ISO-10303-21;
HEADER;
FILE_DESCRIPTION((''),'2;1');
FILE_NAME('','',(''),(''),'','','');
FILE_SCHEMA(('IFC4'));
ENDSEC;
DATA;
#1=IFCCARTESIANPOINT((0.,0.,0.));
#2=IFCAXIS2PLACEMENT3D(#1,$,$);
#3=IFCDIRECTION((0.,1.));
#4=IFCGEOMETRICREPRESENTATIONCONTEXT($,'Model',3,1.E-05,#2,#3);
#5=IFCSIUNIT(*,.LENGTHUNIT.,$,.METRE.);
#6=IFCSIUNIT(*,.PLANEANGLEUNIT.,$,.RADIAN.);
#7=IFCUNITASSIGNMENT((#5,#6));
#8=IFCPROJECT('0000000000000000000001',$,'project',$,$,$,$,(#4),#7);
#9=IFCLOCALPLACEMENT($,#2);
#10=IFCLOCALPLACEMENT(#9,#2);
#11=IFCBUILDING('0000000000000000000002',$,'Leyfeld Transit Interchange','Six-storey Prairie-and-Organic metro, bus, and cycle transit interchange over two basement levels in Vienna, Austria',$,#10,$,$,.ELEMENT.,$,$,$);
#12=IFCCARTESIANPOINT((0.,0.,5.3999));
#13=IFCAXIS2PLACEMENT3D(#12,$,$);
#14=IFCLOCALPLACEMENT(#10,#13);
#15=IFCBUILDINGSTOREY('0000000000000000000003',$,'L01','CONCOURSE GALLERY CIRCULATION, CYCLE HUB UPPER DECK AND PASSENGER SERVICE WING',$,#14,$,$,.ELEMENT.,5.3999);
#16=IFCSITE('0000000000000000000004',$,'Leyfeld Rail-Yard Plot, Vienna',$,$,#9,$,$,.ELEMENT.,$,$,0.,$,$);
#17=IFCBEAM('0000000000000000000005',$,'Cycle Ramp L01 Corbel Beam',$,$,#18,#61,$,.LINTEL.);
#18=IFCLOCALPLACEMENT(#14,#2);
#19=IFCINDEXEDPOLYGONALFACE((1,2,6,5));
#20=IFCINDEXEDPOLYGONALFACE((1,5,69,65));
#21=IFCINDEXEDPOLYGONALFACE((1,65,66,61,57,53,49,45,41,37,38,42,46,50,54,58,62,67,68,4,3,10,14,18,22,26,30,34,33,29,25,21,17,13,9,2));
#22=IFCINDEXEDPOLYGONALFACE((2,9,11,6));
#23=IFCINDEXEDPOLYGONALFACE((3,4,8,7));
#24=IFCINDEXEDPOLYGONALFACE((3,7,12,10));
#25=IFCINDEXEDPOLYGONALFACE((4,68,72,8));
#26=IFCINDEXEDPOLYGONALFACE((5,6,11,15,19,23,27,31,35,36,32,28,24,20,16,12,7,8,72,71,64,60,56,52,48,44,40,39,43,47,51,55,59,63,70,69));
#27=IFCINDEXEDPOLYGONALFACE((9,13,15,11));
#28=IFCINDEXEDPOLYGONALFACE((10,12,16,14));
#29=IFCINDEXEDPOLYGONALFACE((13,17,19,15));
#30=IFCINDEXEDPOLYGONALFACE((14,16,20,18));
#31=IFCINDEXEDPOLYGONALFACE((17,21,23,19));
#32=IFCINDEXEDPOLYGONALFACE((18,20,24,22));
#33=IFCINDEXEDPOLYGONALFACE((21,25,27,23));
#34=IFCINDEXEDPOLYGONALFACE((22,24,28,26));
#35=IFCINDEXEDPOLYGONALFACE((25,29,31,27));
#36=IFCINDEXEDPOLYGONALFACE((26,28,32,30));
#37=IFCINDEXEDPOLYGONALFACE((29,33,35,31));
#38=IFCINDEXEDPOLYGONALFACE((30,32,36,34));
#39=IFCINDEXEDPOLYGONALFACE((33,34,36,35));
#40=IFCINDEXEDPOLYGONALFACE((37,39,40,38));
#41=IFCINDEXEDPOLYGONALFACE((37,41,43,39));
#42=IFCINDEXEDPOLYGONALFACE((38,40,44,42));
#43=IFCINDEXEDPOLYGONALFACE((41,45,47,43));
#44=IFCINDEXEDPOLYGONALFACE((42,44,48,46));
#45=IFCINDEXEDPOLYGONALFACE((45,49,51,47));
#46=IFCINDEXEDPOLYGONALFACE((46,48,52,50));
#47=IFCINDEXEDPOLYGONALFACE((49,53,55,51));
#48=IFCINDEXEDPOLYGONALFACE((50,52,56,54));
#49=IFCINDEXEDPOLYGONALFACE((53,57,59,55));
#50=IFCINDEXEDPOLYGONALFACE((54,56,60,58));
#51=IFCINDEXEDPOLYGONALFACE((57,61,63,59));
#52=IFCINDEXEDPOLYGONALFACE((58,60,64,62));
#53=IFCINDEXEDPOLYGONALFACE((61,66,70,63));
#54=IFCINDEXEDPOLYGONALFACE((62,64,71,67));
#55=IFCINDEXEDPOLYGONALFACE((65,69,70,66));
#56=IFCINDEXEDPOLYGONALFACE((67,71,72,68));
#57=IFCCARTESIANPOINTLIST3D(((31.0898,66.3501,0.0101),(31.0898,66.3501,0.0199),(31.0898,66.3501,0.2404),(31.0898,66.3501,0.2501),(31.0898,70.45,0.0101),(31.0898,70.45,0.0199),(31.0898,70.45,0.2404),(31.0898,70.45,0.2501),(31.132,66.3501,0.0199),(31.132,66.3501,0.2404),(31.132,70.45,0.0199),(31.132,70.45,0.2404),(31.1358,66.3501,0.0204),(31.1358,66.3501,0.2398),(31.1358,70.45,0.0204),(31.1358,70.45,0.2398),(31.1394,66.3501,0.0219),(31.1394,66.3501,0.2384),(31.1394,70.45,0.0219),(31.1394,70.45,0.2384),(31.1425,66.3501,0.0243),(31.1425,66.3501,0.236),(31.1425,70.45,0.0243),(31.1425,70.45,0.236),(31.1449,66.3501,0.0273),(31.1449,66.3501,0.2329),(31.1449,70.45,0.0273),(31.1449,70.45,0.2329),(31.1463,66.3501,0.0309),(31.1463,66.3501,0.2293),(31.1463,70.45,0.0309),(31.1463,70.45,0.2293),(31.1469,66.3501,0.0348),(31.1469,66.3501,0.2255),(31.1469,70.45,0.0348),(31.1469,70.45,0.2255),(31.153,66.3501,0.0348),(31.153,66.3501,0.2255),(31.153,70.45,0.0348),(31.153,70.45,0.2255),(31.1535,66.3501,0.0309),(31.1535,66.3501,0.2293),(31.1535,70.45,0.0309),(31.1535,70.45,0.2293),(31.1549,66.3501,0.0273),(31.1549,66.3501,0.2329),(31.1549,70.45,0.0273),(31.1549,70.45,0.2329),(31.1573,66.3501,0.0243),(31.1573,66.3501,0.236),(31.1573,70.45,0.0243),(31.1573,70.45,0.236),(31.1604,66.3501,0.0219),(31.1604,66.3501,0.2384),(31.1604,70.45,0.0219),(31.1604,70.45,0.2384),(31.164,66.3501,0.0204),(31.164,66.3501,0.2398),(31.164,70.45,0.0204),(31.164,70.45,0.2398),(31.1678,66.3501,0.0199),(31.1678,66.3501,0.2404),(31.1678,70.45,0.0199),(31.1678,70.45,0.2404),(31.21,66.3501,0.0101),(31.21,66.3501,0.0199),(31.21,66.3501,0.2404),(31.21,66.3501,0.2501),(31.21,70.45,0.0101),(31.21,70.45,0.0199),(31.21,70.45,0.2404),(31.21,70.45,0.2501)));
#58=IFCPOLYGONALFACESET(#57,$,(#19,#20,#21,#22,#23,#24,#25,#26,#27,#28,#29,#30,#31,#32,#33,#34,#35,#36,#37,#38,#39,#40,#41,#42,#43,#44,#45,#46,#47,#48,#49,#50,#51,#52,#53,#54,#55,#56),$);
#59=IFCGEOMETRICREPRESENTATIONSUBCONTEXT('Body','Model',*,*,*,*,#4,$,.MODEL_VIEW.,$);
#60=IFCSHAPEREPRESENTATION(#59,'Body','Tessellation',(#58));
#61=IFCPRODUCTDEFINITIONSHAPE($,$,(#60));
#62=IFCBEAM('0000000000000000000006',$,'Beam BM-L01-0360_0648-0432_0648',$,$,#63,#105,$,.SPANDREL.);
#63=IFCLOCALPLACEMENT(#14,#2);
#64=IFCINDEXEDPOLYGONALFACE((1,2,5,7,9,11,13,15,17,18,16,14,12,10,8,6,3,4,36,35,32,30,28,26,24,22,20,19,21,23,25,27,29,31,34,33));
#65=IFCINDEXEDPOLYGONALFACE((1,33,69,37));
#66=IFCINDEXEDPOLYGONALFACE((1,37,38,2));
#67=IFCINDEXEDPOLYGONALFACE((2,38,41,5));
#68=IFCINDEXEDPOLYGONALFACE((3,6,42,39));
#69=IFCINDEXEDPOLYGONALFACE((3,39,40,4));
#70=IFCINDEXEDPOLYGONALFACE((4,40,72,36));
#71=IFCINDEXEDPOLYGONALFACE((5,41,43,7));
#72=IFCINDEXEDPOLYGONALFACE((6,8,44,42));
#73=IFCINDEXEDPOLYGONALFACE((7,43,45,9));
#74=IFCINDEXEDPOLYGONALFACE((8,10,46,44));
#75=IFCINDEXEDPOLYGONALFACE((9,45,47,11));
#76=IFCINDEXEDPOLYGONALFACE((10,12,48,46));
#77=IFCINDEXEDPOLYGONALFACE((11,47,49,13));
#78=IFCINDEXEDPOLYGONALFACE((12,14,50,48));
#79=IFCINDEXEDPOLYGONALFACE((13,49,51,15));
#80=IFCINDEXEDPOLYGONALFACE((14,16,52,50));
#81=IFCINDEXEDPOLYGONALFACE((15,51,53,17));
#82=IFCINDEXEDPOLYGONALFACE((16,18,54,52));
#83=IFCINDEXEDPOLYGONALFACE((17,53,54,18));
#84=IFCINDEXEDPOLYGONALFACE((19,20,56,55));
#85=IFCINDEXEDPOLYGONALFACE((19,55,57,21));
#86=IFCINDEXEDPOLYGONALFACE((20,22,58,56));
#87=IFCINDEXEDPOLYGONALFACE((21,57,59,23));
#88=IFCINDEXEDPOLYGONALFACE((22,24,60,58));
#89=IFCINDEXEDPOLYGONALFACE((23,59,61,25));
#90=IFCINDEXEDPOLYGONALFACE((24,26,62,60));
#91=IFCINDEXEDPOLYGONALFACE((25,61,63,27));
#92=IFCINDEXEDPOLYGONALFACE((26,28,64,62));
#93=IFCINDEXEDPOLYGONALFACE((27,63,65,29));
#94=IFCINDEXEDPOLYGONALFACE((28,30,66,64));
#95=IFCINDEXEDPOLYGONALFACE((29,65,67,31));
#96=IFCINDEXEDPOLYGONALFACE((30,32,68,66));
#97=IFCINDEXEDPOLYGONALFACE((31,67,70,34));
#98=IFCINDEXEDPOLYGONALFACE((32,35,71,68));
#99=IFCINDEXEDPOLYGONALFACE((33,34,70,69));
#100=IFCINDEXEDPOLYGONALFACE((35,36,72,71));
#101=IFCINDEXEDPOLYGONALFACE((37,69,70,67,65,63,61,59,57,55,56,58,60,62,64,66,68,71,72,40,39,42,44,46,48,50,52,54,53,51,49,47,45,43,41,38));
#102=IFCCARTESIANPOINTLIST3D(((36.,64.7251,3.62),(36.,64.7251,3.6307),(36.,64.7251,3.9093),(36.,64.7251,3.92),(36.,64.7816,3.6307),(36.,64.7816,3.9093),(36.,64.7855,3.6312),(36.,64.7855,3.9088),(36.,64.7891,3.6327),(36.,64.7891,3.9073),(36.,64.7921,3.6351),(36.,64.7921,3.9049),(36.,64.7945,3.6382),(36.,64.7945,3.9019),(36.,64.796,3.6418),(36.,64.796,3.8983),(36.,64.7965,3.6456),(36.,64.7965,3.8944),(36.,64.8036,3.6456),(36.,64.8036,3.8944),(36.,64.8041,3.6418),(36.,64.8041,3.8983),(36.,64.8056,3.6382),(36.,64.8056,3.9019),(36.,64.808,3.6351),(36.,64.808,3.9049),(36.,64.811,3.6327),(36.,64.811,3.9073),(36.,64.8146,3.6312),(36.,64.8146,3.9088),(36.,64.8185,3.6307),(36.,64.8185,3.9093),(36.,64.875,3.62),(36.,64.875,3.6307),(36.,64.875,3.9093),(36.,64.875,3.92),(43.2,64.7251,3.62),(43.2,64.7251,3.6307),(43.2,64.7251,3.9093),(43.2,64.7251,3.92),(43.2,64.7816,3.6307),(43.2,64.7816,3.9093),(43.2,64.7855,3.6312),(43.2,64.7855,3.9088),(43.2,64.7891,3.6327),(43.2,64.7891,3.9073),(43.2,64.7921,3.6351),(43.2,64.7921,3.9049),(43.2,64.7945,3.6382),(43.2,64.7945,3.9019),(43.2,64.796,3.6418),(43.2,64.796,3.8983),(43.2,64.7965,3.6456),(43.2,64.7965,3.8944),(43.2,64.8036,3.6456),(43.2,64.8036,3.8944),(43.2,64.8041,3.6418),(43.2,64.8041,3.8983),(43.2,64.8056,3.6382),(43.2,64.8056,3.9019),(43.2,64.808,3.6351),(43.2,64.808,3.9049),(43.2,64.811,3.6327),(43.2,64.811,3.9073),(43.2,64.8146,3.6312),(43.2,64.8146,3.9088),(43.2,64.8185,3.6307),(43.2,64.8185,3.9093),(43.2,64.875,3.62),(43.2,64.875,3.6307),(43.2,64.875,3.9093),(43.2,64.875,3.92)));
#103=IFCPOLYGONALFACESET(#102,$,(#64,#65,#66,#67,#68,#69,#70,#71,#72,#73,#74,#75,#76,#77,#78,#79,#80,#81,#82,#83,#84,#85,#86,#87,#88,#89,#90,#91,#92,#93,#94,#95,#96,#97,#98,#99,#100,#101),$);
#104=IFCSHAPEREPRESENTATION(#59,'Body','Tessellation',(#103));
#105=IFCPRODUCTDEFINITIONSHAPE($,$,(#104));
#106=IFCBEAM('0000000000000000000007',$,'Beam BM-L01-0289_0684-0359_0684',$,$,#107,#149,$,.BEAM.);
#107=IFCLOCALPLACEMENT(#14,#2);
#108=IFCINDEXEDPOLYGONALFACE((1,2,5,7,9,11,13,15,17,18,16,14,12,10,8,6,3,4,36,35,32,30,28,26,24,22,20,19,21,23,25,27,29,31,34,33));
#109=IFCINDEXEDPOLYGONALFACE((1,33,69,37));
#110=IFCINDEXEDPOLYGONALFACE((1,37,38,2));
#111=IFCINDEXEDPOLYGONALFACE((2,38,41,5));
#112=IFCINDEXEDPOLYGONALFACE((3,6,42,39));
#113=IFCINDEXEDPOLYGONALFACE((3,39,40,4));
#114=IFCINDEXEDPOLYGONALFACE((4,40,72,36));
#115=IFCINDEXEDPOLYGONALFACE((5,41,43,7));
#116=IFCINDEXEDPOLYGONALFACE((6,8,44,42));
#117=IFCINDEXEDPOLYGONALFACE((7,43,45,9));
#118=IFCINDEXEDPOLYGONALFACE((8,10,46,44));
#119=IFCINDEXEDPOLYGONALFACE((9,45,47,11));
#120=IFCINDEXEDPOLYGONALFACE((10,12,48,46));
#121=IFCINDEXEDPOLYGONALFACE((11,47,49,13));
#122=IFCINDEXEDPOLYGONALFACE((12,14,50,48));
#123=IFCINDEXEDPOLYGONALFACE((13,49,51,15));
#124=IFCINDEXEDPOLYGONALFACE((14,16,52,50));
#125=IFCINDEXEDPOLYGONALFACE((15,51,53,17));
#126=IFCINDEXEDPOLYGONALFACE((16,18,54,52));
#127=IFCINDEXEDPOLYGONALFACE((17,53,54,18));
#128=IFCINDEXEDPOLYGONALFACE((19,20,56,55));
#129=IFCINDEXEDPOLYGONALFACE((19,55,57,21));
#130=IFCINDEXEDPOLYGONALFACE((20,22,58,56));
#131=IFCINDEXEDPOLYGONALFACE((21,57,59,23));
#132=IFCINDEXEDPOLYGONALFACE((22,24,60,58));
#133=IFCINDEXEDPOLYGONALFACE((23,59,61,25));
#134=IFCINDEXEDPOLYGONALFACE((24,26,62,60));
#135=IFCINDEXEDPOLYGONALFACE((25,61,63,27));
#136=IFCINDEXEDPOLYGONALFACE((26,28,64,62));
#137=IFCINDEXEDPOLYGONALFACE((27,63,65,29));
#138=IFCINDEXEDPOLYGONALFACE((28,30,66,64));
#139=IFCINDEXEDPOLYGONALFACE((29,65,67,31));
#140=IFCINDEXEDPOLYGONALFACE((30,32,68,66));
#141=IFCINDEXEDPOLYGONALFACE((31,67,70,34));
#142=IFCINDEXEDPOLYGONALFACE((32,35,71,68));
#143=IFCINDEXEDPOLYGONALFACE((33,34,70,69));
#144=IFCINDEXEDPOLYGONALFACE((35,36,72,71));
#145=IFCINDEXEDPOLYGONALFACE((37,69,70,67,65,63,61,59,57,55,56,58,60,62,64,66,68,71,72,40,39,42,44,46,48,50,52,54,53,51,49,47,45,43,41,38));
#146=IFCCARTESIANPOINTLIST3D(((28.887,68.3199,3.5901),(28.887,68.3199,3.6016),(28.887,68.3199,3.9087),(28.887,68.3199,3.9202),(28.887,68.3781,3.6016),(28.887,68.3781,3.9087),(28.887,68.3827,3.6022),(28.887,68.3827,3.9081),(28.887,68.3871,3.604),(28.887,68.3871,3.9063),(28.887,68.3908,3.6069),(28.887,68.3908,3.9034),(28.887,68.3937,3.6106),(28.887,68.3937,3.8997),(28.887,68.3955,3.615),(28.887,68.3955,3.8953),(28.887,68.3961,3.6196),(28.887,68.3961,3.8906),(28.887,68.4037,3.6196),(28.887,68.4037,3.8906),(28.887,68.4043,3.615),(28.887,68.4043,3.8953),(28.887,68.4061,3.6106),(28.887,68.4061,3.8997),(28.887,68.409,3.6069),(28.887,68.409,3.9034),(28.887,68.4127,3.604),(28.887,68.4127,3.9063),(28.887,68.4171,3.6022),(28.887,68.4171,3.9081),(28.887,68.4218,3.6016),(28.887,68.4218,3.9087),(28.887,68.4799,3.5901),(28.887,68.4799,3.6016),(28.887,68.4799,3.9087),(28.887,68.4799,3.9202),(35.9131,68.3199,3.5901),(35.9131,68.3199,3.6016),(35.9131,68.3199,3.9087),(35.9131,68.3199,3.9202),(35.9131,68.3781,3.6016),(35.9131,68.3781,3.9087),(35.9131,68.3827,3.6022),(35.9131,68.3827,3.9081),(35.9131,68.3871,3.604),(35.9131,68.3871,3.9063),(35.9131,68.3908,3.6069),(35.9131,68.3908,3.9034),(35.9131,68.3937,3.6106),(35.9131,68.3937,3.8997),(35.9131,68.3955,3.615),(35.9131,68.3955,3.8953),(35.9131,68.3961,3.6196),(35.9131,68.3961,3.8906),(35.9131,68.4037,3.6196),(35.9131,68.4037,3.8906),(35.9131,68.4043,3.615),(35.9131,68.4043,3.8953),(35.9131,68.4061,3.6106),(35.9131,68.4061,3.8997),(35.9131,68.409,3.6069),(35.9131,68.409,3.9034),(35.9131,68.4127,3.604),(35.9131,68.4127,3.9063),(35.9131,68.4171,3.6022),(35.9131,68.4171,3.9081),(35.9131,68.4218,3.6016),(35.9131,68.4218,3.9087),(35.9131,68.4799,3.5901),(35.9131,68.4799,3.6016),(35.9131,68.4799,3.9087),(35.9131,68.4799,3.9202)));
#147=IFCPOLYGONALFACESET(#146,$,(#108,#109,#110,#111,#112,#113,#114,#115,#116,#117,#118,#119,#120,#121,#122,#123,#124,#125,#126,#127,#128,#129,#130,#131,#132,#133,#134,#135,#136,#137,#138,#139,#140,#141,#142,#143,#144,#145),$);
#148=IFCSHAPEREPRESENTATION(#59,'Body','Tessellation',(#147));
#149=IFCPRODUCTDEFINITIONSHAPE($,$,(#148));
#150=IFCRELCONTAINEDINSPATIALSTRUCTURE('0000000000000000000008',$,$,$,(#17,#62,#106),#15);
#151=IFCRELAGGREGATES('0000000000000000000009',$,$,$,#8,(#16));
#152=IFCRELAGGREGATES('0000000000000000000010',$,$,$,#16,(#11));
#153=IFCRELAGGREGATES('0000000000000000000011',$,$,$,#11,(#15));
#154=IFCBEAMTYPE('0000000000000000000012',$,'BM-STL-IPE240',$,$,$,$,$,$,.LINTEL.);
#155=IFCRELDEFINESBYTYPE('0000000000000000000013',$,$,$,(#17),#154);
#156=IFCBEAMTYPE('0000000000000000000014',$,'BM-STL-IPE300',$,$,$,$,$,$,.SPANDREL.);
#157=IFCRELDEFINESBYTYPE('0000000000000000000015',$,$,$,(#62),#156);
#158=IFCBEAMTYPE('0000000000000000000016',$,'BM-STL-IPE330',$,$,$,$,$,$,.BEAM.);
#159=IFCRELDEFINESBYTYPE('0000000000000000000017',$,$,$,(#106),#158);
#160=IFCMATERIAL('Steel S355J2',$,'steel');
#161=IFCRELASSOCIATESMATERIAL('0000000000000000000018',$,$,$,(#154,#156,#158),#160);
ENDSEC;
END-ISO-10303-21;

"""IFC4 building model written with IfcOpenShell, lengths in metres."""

from ifc_helpers import new_model, si_unit, direction, frame, origin, origin_2d, place, context, subcontext, project, spatial, i_section, extrude, material, material_profile, profile_set, type_object, element, save


model = new_model("IFC4")

# Units and contexts
model_context = context("Model", 3, precision=1e-05, world=origin(), true_north=direction((0.0, 1.0)))
body_context = subcontext(model_context, "Body", "Model", "MODEL_VIEW")
ifc_project = project(units=[si_unit("LENGTHUNIT", "METRE"), si_unit("PLANEANGLEUNIT", "RADIAN")], contexts=[model_context])

# Site, building, storey
site_placement = place(None, origin())
site = spatial("IfcSite", under=ifc_project, at=site_placement, Name="Leyfeld Rail-Yard Plot, Vienna", CompositionType="ELEMENT", RefElevation=0.0)
building_placement = place(site_placement, origin())
building = spatial("IfcBuilding", under=site, at=building_placement, Name="Leyfeld Transit Interchange", Description="Six-storey Prairie-and-Organic metro, bus, and cycle transit interchange over two basement levels in Vienna, Austria", CompositionType="ELEMENT")
storey_placement = place(building_placement, frame((0.0, 0.0, 5.3999)))
storey = spatial("IfcBuildingStorey", under=building, at=storey_placement, Name="L01", Description="CONCOURSE GALLERY CIRCULATION, CYCLE HUB UPPER DECK AND PASSENGER SERVICE WING", CompositionType="ELEMENT", Elevation=5.3999)

# Beams
ifc_material_1 = material(Name="Steel S355J2", Category="steel")
ifc_material_profile_1 = material_profile(ifc_material_1, i_section(OverallWidth=0.1201, OverallDepth=0.24, WebThickness=0.0061, FlangeThickness=0.0098, FilletRadius=0.0149, at=origin_2d()), Name="IPE 240")
ifc_profile_set_1 = profile_set([ifc_material_profile_1], Name="Steel S355J2")
beam_type_1 = type_object("IfcBeamType", Name="BM-STL-IPE240", PredefinedType="LINTEL", material=ifc_profile_set_1)
beam_1_placement = place(storey_placement, frame((31.1499, 66.3501, 0.1301), z_axis=(0.0, 1.0, 0.0), x_axis=(-1.0, 0.0, 0.0)))
element("IfcBeam", 1, at=beam_1_placement, inside=storey, type_object=beam_type_1, Name="Cycle Ramp L01 Corbel Beam", PredefinedType="LINTEL", context=body_context, shape_type="SweptSolid", body=[
    extrude(i_section(OverallWidth=0.1201, OverallDepth=0.24, WebThickness=0.0061, FlangeThickness=0.0098, FilletRadius=0.0149, at=origin_2d()), origin(), (0.0, 0.0, 1.0), 4.0999),
])
ifc_material_profile_2 = material_profile(ifc_material_1, i_section(OverallWidth=0.1499, OverallDepth=0.3, WebThickness=0.0071, FlangeThickness=0.0107, FilletRadius=0.0149, at=origin_2d()), Name="IPE 300")
ifc_profile_set_2 = profile_set([ifc_material_profile_2], Name="Steel S355J2")
beam_type_2 = type_object("IfcBeamType", Name="BM-STL-IPE300", PredefinedType="SPANDREL", material=ifc_profile_set_2)
beam_2_placement = place(storey_placement, frame((36.0, 64.8, 3.77), z_axis=(1.0, 0.0, 0.0), x_axis=(0.0, 1.0, 0.0)))
element("IfcBeam", 2, at=beam_2_placement, inside=storey, type_object=beam_type_2, Name="Beam BM-L01-0360_0648-0432_0648", PredefinedType="SPANDREL", context=body_context, shape_type="SweptSolid", body=[
    extrude(i_section(OverallWidth=0.1499, OverallDepth=0.3, WebThickness=0.0071, FlangeThickness=0.0107, FilletRadius=0.0149, at=origin_2d()), origin(), (0.0, 0.0, 1.0), 7.2),
])
ifc_material_profile_3 = material_profile(ifc_material_1, i_section(OverallWidth=0.1599, OverallDepth=0.3301, WebThickness=0.0076, FlangeThickness=0.0115, FilletRadius=0.0181, at=origin_2d()), Name="IPE 330")
ifc_profile_set_3 = profile_set([ifc_material_profile_3], Name="Steel S355J2")
beam_type_3 = type_object("IfcBeamType", Name="BM-STL-IPE330", PredefinedType="BEAM", material=ifc_profile_set_3)
beam_3_placement = place(storey_placement, frame((28.887, 68.3999, 3.7551), z_axis=(1.0, 0.0, 0.0), x_axis=(0.0, 1.0, 0.0)))
element("IfcBeam", 3, at=beam_3_placement, inside=storey, type_object=beam_type_3, Name="Beam BM-L01-0289_0684-0359_0684", PredefinedType="BEAM", context=body_context, shape_type="SweptSolid", body=[
    extrude(i_section(OverallWidth=0.1599, OverallDepth=0.3301, WebThickness=0.0076, FlangeThickness=0.0115, FilletRadius=0.0181, at=origin_2d()), origin(), (0.0, 0.0, 1.0), 7.0261),
])

save(model, "model.ifc")
